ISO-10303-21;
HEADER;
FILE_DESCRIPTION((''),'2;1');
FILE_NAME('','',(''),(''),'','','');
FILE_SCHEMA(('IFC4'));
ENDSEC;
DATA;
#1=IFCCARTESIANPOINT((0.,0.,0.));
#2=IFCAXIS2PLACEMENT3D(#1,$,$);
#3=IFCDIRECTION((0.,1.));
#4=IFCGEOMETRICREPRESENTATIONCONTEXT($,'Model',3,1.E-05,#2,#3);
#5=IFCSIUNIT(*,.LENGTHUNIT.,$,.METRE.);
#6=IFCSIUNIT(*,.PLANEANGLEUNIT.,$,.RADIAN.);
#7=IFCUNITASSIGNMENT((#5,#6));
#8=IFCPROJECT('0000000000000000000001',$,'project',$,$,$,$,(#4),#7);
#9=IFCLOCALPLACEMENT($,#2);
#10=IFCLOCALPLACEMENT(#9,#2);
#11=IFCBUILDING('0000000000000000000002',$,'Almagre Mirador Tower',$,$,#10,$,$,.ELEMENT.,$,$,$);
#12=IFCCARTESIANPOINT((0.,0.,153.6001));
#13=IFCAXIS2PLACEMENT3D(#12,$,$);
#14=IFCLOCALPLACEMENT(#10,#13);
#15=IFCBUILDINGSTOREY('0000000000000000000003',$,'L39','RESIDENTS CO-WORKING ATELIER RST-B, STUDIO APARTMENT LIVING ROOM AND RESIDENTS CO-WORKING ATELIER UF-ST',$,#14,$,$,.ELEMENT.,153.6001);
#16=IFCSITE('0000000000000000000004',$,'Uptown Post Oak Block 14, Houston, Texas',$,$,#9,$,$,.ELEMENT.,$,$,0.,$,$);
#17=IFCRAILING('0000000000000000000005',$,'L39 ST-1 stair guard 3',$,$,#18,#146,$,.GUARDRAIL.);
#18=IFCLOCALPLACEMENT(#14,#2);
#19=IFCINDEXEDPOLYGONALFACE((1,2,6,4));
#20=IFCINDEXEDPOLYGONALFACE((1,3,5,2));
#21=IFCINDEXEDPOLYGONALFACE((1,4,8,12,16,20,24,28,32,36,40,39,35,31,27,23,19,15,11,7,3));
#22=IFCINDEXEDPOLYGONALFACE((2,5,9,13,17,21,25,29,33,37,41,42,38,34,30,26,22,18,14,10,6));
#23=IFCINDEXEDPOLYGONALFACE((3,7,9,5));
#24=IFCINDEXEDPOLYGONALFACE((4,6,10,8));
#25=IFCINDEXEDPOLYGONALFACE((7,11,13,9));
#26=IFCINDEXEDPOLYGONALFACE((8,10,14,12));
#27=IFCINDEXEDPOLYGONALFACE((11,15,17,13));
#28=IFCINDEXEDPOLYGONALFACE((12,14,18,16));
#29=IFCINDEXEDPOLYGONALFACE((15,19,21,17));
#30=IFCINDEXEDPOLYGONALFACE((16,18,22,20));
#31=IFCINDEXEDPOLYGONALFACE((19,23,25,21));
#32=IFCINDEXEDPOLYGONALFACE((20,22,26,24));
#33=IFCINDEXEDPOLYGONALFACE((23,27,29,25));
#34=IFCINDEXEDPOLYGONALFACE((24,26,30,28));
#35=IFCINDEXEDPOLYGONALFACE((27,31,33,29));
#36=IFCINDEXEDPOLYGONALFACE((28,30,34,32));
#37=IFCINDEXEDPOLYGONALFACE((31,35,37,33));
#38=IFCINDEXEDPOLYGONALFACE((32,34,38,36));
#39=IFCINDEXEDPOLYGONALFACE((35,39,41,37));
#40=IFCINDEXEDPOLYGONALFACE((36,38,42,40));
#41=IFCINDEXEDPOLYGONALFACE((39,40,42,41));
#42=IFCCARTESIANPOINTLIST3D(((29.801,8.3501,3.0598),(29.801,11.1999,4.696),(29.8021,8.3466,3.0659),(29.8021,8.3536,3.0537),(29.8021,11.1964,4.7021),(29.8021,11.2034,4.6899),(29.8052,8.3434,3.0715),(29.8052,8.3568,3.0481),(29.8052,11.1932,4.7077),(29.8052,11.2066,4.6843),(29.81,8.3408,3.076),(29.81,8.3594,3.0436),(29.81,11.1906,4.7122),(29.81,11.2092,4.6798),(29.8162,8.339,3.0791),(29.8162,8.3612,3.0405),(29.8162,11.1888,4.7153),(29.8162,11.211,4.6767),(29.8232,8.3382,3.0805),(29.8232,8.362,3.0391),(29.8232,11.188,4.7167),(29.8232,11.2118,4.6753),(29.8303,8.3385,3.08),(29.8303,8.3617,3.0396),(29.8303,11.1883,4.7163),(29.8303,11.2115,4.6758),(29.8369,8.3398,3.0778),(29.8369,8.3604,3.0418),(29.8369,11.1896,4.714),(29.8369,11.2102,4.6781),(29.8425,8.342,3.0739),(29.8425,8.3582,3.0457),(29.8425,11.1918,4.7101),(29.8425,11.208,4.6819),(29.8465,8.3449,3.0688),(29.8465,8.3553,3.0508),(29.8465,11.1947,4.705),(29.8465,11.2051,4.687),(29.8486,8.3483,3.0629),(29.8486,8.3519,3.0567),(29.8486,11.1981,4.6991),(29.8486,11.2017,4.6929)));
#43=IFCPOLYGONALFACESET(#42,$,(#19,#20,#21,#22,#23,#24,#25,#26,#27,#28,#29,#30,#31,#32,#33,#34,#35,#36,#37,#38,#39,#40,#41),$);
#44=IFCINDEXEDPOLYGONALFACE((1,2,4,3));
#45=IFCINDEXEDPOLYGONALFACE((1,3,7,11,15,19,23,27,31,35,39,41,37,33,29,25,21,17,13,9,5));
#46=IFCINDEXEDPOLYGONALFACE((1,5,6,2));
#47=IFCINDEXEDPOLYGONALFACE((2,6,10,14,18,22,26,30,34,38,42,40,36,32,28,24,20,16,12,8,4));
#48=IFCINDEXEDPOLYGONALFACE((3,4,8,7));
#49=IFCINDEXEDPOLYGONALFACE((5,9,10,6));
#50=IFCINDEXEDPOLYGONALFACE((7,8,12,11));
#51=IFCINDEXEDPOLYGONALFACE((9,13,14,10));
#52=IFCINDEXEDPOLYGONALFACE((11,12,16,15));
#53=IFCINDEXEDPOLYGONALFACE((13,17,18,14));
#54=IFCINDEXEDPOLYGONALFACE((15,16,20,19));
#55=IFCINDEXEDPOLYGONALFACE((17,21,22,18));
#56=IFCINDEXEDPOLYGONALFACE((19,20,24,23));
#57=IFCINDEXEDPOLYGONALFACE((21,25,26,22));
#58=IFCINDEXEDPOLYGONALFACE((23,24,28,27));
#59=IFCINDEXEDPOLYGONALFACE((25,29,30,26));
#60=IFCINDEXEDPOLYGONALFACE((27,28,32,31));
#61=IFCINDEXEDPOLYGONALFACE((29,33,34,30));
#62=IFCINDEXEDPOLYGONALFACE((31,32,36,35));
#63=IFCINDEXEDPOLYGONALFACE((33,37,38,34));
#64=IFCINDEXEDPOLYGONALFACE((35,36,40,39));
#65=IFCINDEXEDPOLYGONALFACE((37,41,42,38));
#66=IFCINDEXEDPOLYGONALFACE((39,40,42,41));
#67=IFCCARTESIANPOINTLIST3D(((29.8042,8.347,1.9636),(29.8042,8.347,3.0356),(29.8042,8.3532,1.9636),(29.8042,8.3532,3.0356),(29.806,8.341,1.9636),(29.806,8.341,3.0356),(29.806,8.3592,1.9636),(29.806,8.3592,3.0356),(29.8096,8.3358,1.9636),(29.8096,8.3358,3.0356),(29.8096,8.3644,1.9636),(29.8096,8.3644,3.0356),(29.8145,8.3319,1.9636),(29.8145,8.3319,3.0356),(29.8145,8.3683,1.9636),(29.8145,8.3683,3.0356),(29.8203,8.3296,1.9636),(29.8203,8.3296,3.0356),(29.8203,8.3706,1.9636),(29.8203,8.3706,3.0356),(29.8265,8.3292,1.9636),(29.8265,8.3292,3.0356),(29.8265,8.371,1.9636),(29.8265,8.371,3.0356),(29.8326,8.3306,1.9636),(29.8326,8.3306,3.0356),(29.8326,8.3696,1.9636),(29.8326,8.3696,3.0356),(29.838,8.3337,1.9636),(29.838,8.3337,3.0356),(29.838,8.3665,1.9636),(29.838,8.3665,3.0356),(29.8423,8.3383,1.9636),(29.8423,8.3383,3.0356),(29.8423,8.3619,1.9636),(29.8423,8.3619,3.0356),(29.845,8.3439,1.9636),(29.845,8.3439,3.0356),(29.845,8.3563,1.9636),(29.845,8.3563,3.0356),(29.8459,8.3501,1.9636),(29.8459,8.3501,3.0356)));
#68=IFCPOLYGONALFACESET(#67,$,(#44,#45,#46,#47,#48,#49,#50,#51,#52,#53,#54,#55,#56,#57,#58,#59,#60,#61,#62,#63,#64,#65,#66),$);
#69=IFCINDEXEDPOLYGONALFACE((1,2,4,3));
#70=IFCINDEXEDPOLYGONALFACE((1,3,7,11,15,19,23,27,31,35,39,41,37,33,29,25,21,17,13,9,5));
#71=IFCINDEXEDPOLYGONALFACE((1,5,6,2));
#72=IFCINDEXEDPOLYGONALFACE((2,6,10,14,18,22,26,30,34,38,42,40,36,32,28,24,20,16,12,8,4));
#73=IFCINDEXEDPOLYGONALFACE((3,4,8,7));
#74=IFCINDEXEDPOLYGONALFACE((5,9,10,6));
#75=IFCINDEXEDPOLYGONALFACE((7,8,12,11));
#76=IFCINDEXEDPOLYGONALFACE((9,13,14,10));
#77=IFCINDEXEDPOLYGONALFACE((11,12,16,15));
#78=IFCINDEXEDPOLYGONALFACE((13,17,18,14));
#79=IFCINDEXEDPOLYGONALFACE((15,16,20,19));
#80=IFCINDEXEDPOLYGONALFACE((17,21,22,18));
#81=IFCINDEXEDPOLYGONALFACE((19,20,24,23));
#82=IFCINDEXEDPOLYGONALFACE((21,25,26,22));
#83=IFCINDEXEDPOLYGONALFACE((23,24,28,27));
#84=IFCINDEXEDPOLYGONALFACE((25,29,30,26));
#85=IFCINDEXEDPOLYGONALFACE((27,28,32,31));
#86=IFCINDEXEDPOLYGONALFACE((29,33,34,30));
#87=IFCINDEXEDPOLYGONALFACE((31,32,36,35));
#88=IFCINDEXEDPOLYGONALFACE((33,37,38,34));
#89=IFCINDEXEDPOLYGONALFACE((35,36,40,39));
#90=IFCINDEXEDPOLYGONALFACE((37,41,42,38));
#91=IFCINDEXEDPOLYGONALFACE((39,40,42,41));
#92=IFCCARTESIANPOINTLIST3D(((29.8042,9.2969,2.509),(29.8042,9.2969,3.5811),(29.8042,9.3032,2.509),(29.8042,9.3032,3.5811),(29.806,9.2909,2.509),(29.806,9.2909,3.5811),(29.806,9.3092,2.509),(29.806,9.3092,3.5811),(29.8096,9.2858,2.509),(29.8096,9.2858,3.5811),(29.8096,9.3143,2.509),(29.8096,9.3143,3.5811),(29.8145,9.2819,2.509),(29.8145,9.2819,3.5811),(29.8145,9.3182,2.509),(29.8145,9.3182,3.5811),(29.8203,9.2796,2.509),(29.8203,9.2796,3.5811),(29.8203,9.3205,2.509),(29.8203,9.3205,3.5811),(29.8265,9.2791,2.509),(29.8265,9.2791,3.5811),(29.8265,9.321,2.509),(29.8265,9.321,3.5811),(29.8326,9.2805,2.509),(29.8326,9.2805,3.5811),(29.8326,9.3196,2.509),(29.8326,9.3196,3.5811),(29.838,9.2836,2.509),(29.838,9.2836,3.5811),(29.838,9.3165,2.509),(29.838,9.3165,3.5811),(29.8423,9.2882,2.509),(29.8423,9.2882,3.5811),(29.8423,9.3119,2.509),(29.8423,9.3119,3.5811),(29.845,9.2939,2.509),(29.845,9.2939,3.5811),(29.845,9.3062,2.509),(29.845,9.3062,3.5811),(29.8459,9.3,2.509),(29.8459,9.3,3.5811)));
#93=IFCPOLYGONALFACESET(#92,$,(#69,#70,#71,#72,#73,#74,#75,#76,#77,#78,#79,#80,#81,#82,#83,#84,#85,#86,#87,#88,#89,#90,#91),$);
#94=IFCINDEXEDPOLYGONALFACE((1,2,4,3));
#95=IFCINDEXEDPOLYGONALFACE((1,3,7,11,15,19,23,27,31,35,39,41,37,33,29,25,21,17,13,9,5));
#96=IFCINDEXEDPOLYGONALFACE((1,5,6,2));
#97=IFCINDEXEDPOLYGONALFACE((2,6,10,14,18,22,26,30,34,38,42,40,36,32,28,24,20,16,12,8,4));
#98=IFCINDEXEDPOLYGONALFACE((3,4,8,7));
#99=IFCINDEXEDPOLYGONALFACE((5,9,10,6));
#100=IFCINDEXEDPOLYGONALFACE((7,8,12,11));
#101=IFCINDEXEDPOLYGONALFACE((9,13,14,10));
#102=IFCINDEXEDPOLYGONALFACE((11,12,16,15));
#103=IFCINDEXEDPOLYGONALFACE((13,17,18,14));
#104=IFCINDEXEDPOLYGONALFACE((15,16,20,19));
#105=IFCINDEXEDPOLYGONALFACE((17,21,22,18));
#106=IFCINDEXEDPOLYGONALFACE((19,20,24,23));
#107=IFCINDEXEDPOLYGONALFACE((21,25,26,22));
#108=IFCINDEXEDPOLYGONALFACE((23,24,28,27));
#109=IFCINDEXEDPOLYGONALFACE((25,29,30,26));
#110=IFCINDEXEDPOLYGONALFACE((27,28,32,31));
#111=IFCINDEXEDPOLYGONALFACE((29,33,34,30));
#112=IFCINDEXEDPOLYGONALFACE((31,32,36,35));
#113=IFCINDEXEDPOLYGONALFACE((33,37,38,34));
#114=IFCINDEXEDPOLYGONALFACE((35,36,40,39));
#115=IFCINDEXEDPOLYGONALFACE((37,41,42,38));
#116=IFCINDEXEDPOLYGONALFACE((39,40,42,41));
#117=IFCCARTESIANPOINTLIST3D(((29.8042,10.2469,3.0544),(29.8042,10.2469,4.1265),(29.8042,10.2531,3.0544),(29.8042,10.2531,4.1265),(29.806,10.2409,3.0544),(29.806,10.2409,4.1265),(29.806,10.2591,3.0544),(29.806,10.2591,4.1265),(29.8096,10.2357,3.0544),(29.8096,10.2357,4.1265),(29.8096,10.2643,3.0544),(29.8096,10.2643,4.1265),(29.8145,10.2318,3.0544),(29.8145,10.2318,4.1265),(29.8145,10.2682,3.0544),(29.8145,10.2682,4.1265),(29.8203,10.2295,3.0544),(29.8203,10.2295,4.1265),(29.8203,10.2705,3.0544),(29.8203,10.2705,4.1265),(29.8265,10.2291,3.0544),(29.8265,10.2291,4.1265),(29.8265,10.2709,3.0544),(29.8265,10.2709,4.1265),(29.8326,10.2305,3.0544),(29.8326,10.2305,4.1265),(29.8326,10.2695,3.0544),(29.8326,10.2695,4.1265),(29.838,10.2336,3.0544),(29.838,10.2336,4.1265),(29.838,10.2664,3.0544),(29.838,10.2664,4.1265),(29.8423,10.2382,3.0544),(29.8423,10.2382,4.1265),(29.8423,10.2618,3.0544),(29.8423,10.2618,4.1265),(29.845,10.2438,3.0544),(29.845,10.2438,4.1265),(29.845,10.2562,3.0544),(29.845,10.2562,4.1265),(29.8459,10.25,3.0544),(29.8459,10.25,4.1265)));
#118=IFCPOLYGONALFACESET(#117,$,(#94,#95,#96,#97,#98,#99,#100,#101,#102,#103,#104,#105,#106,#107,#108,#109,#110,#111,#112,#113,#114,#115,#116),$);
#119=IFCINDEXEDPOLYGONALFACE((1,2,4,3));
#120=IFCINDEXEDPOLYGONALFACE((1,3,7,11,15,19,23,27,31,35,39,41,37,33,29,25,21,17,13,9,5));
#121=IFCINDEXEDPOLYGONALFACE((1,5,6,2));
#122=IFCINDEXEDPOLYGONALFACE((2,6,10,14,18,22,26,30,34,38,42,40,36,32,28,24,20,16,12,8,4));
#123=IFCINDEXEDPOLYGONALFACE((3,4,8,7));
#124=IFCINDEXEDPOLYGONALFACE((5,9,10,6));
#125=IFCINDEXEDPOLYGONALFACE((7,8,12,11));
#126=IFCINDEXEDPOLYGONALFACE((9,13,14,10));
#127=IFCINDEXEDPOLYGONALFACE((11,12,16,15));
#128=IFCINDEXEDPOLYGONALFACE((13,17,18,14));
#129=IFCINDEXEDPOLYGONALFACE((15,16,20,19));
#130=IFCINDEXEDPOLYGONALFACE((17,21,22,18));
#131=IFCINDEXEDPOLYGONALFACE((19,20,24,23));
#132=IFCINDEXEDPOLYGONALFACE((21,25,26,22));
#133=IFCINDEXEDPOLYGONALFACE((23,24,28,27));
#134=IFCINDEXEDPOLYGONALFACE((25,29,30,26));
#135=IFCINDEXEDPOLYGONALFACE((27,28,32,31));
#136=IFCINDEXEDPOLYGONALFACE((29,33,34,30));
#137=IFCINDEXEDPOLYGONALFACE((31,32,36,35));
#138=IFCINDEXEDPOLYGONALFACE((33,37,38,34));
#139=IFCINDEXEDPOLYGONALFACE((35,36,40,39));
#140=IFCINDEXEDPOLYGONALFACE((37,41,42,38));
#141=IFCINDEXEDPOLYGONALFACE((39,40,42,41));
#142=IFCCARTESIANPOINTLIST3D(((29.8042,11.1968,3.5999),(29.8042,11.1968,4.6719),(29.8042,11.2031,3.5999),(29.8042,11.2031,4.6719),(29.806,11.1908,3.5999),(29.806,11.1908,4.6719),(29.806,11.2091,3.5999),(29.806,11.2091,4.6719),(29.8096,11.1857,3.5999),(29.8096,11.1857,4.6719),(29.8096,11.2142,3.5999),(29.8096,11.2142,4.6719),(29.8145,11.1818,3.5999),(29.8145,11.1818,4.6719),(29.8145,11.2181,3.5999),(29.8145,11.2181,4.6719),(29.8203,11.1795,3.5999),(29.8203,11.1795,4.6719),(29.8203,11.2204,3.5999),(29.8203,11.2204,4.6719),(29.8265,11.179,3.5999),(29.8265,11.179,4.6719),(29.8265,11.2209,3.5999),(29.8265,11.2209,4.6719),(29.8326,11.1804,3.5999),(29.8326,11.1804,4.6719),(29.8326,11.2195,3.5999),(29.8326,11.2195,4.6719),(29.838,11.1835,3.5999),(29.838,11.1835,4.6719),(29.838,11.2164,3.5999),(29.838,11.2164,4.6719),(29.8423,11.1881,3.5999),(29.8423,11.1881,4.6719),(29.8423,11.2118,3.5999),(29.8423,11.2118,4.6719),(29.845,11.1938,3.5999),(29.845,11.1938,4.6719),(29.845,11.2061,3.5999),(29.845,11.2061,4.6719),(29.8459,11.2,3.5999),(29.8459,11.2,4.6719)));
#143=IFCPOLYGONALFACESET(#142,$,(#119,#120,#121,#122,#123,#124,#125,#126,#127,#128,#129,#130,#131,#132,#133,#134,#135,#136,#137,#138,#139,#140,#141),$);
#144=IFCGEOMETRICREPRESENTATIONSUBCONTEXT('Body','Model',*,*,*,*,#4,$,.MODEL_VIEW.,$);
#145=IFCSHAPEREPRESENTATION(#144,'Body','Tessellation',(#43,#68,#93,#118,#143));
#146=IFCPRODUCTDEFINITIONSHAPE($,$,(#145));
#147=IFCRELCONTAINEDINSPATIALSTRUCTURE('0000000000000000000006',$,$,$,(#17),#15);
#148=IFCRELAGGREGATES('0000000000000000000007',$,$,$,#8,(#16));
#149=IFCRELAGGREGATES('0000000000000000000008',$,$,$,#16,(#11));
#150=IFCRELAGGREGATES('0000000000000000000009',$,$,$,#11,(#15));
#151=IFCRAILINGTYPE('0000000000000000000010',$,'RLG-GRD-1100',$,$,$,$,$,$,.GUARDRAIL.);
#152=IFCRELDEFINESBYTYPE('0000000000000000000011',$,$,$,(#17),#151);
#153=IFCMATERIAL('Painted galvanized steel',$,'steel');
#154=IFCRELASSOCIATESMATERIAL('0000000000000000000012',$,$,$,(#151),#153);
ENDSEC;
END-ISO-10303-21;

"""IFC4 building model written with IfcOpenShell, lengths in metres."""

from ifc_helpers import new_model, si_unit, direction, frame, origin, origin_2d, place, context, subcontext, project, spatial, circle, extrude, material, type_object, element, save


model = new_model("IFC4")

# Units and contexts
model_context = context("Model", 3, precision=1e-05, world=origin(), true_north=direction((0.0, 1.0)))
body_context = subcontext(model_context, "Body", "Model", "MODEL_VIEW")
ifc_project = project(units=[si_unit("LENGTHUNIT", "METRE"), si_unit("PLANEANGLEUNIT", "RADIAN")], contexts=[model_context])

# Site, building, storey
site_placement = place(None, origin())
site = spatial("IfcSite", under=ifc_project, at=site_placement, Name="Uptown Post Oak Block 14, Houston, Texas", CompositionType="ELEMENT", RefElevation=0.0)
building_placement = place(site_placement, origin())
building = spatial("IfcBuilding", under=site, at=building_placement, Name="Almagre Mirador Tower", CompositionType="ELEMENT")
storey_placement = place(building_placement, frame((0.0, 0.0, 153.6001)))
storey = spatial("IfcBuildingStorey", under=building, at=storey_placement, Name="L39", Description="RESIDENTS CO-WORKING ATELIER RST-B, STUDIO APARTMENT LIVING ROOM AND RESIDENTS CO-WORKING ATELIER UF-ST", CompositionType="ELEMENT", Elevation=153.6001)

# Railing
ifc_material_1 = material(Name="Painted galvanized steel", Category="steel")
railing_type_1 = type_object("IfcRailingType", Name="RLG-GRD-1100", PredefinedType="GUARDRAIL", material=ifc_material_1)
railing_1_placement = place(storey_placement, frame((29.825, 8.3501, 1.9636)))
element("IfcRailing", 1, at=railing_1_placement, inside=storey, type_object=railing_type_1, Name="L39 ST-1 stair guard 3", PredefinedType="GUARDRAIL", context=body_context, shape_type="SweptSolid", body=[
    extrude(circle(Radius=0.0239, at=origin_2d()), frame((0.0, 0.0, 1.0962), z_axis=(0.0, 0.867226, 0.497914), x_axis=(-1.0, 0.0, 0.0)), (0.0, 0.0, 1.0), 3.2861),
    extrude(circle(Radius=0.021, at=origin_2d()), origin(), (0.0, 0.0, 1.0), 1.072),
    extrude(circle(Radius=0.021, at=origin_2d()), frame((0.0, 0.95, 0.5454)), (0.0, 0.0, 1.0), 1.072),
    extrude(circle(Radius=0.021, at=origin_2d()), frame((0.0, 1.8999, 1.0908)), (0.0, 0.0, 1.0), 1.072),
    extrude(circle(Radius=0.021, at=origin_2d()), frame((0.0, 2.8499, 1.6362)), (0.0, 0.0, 1.0), 1.072),
])

save(model, "model.ifc")
